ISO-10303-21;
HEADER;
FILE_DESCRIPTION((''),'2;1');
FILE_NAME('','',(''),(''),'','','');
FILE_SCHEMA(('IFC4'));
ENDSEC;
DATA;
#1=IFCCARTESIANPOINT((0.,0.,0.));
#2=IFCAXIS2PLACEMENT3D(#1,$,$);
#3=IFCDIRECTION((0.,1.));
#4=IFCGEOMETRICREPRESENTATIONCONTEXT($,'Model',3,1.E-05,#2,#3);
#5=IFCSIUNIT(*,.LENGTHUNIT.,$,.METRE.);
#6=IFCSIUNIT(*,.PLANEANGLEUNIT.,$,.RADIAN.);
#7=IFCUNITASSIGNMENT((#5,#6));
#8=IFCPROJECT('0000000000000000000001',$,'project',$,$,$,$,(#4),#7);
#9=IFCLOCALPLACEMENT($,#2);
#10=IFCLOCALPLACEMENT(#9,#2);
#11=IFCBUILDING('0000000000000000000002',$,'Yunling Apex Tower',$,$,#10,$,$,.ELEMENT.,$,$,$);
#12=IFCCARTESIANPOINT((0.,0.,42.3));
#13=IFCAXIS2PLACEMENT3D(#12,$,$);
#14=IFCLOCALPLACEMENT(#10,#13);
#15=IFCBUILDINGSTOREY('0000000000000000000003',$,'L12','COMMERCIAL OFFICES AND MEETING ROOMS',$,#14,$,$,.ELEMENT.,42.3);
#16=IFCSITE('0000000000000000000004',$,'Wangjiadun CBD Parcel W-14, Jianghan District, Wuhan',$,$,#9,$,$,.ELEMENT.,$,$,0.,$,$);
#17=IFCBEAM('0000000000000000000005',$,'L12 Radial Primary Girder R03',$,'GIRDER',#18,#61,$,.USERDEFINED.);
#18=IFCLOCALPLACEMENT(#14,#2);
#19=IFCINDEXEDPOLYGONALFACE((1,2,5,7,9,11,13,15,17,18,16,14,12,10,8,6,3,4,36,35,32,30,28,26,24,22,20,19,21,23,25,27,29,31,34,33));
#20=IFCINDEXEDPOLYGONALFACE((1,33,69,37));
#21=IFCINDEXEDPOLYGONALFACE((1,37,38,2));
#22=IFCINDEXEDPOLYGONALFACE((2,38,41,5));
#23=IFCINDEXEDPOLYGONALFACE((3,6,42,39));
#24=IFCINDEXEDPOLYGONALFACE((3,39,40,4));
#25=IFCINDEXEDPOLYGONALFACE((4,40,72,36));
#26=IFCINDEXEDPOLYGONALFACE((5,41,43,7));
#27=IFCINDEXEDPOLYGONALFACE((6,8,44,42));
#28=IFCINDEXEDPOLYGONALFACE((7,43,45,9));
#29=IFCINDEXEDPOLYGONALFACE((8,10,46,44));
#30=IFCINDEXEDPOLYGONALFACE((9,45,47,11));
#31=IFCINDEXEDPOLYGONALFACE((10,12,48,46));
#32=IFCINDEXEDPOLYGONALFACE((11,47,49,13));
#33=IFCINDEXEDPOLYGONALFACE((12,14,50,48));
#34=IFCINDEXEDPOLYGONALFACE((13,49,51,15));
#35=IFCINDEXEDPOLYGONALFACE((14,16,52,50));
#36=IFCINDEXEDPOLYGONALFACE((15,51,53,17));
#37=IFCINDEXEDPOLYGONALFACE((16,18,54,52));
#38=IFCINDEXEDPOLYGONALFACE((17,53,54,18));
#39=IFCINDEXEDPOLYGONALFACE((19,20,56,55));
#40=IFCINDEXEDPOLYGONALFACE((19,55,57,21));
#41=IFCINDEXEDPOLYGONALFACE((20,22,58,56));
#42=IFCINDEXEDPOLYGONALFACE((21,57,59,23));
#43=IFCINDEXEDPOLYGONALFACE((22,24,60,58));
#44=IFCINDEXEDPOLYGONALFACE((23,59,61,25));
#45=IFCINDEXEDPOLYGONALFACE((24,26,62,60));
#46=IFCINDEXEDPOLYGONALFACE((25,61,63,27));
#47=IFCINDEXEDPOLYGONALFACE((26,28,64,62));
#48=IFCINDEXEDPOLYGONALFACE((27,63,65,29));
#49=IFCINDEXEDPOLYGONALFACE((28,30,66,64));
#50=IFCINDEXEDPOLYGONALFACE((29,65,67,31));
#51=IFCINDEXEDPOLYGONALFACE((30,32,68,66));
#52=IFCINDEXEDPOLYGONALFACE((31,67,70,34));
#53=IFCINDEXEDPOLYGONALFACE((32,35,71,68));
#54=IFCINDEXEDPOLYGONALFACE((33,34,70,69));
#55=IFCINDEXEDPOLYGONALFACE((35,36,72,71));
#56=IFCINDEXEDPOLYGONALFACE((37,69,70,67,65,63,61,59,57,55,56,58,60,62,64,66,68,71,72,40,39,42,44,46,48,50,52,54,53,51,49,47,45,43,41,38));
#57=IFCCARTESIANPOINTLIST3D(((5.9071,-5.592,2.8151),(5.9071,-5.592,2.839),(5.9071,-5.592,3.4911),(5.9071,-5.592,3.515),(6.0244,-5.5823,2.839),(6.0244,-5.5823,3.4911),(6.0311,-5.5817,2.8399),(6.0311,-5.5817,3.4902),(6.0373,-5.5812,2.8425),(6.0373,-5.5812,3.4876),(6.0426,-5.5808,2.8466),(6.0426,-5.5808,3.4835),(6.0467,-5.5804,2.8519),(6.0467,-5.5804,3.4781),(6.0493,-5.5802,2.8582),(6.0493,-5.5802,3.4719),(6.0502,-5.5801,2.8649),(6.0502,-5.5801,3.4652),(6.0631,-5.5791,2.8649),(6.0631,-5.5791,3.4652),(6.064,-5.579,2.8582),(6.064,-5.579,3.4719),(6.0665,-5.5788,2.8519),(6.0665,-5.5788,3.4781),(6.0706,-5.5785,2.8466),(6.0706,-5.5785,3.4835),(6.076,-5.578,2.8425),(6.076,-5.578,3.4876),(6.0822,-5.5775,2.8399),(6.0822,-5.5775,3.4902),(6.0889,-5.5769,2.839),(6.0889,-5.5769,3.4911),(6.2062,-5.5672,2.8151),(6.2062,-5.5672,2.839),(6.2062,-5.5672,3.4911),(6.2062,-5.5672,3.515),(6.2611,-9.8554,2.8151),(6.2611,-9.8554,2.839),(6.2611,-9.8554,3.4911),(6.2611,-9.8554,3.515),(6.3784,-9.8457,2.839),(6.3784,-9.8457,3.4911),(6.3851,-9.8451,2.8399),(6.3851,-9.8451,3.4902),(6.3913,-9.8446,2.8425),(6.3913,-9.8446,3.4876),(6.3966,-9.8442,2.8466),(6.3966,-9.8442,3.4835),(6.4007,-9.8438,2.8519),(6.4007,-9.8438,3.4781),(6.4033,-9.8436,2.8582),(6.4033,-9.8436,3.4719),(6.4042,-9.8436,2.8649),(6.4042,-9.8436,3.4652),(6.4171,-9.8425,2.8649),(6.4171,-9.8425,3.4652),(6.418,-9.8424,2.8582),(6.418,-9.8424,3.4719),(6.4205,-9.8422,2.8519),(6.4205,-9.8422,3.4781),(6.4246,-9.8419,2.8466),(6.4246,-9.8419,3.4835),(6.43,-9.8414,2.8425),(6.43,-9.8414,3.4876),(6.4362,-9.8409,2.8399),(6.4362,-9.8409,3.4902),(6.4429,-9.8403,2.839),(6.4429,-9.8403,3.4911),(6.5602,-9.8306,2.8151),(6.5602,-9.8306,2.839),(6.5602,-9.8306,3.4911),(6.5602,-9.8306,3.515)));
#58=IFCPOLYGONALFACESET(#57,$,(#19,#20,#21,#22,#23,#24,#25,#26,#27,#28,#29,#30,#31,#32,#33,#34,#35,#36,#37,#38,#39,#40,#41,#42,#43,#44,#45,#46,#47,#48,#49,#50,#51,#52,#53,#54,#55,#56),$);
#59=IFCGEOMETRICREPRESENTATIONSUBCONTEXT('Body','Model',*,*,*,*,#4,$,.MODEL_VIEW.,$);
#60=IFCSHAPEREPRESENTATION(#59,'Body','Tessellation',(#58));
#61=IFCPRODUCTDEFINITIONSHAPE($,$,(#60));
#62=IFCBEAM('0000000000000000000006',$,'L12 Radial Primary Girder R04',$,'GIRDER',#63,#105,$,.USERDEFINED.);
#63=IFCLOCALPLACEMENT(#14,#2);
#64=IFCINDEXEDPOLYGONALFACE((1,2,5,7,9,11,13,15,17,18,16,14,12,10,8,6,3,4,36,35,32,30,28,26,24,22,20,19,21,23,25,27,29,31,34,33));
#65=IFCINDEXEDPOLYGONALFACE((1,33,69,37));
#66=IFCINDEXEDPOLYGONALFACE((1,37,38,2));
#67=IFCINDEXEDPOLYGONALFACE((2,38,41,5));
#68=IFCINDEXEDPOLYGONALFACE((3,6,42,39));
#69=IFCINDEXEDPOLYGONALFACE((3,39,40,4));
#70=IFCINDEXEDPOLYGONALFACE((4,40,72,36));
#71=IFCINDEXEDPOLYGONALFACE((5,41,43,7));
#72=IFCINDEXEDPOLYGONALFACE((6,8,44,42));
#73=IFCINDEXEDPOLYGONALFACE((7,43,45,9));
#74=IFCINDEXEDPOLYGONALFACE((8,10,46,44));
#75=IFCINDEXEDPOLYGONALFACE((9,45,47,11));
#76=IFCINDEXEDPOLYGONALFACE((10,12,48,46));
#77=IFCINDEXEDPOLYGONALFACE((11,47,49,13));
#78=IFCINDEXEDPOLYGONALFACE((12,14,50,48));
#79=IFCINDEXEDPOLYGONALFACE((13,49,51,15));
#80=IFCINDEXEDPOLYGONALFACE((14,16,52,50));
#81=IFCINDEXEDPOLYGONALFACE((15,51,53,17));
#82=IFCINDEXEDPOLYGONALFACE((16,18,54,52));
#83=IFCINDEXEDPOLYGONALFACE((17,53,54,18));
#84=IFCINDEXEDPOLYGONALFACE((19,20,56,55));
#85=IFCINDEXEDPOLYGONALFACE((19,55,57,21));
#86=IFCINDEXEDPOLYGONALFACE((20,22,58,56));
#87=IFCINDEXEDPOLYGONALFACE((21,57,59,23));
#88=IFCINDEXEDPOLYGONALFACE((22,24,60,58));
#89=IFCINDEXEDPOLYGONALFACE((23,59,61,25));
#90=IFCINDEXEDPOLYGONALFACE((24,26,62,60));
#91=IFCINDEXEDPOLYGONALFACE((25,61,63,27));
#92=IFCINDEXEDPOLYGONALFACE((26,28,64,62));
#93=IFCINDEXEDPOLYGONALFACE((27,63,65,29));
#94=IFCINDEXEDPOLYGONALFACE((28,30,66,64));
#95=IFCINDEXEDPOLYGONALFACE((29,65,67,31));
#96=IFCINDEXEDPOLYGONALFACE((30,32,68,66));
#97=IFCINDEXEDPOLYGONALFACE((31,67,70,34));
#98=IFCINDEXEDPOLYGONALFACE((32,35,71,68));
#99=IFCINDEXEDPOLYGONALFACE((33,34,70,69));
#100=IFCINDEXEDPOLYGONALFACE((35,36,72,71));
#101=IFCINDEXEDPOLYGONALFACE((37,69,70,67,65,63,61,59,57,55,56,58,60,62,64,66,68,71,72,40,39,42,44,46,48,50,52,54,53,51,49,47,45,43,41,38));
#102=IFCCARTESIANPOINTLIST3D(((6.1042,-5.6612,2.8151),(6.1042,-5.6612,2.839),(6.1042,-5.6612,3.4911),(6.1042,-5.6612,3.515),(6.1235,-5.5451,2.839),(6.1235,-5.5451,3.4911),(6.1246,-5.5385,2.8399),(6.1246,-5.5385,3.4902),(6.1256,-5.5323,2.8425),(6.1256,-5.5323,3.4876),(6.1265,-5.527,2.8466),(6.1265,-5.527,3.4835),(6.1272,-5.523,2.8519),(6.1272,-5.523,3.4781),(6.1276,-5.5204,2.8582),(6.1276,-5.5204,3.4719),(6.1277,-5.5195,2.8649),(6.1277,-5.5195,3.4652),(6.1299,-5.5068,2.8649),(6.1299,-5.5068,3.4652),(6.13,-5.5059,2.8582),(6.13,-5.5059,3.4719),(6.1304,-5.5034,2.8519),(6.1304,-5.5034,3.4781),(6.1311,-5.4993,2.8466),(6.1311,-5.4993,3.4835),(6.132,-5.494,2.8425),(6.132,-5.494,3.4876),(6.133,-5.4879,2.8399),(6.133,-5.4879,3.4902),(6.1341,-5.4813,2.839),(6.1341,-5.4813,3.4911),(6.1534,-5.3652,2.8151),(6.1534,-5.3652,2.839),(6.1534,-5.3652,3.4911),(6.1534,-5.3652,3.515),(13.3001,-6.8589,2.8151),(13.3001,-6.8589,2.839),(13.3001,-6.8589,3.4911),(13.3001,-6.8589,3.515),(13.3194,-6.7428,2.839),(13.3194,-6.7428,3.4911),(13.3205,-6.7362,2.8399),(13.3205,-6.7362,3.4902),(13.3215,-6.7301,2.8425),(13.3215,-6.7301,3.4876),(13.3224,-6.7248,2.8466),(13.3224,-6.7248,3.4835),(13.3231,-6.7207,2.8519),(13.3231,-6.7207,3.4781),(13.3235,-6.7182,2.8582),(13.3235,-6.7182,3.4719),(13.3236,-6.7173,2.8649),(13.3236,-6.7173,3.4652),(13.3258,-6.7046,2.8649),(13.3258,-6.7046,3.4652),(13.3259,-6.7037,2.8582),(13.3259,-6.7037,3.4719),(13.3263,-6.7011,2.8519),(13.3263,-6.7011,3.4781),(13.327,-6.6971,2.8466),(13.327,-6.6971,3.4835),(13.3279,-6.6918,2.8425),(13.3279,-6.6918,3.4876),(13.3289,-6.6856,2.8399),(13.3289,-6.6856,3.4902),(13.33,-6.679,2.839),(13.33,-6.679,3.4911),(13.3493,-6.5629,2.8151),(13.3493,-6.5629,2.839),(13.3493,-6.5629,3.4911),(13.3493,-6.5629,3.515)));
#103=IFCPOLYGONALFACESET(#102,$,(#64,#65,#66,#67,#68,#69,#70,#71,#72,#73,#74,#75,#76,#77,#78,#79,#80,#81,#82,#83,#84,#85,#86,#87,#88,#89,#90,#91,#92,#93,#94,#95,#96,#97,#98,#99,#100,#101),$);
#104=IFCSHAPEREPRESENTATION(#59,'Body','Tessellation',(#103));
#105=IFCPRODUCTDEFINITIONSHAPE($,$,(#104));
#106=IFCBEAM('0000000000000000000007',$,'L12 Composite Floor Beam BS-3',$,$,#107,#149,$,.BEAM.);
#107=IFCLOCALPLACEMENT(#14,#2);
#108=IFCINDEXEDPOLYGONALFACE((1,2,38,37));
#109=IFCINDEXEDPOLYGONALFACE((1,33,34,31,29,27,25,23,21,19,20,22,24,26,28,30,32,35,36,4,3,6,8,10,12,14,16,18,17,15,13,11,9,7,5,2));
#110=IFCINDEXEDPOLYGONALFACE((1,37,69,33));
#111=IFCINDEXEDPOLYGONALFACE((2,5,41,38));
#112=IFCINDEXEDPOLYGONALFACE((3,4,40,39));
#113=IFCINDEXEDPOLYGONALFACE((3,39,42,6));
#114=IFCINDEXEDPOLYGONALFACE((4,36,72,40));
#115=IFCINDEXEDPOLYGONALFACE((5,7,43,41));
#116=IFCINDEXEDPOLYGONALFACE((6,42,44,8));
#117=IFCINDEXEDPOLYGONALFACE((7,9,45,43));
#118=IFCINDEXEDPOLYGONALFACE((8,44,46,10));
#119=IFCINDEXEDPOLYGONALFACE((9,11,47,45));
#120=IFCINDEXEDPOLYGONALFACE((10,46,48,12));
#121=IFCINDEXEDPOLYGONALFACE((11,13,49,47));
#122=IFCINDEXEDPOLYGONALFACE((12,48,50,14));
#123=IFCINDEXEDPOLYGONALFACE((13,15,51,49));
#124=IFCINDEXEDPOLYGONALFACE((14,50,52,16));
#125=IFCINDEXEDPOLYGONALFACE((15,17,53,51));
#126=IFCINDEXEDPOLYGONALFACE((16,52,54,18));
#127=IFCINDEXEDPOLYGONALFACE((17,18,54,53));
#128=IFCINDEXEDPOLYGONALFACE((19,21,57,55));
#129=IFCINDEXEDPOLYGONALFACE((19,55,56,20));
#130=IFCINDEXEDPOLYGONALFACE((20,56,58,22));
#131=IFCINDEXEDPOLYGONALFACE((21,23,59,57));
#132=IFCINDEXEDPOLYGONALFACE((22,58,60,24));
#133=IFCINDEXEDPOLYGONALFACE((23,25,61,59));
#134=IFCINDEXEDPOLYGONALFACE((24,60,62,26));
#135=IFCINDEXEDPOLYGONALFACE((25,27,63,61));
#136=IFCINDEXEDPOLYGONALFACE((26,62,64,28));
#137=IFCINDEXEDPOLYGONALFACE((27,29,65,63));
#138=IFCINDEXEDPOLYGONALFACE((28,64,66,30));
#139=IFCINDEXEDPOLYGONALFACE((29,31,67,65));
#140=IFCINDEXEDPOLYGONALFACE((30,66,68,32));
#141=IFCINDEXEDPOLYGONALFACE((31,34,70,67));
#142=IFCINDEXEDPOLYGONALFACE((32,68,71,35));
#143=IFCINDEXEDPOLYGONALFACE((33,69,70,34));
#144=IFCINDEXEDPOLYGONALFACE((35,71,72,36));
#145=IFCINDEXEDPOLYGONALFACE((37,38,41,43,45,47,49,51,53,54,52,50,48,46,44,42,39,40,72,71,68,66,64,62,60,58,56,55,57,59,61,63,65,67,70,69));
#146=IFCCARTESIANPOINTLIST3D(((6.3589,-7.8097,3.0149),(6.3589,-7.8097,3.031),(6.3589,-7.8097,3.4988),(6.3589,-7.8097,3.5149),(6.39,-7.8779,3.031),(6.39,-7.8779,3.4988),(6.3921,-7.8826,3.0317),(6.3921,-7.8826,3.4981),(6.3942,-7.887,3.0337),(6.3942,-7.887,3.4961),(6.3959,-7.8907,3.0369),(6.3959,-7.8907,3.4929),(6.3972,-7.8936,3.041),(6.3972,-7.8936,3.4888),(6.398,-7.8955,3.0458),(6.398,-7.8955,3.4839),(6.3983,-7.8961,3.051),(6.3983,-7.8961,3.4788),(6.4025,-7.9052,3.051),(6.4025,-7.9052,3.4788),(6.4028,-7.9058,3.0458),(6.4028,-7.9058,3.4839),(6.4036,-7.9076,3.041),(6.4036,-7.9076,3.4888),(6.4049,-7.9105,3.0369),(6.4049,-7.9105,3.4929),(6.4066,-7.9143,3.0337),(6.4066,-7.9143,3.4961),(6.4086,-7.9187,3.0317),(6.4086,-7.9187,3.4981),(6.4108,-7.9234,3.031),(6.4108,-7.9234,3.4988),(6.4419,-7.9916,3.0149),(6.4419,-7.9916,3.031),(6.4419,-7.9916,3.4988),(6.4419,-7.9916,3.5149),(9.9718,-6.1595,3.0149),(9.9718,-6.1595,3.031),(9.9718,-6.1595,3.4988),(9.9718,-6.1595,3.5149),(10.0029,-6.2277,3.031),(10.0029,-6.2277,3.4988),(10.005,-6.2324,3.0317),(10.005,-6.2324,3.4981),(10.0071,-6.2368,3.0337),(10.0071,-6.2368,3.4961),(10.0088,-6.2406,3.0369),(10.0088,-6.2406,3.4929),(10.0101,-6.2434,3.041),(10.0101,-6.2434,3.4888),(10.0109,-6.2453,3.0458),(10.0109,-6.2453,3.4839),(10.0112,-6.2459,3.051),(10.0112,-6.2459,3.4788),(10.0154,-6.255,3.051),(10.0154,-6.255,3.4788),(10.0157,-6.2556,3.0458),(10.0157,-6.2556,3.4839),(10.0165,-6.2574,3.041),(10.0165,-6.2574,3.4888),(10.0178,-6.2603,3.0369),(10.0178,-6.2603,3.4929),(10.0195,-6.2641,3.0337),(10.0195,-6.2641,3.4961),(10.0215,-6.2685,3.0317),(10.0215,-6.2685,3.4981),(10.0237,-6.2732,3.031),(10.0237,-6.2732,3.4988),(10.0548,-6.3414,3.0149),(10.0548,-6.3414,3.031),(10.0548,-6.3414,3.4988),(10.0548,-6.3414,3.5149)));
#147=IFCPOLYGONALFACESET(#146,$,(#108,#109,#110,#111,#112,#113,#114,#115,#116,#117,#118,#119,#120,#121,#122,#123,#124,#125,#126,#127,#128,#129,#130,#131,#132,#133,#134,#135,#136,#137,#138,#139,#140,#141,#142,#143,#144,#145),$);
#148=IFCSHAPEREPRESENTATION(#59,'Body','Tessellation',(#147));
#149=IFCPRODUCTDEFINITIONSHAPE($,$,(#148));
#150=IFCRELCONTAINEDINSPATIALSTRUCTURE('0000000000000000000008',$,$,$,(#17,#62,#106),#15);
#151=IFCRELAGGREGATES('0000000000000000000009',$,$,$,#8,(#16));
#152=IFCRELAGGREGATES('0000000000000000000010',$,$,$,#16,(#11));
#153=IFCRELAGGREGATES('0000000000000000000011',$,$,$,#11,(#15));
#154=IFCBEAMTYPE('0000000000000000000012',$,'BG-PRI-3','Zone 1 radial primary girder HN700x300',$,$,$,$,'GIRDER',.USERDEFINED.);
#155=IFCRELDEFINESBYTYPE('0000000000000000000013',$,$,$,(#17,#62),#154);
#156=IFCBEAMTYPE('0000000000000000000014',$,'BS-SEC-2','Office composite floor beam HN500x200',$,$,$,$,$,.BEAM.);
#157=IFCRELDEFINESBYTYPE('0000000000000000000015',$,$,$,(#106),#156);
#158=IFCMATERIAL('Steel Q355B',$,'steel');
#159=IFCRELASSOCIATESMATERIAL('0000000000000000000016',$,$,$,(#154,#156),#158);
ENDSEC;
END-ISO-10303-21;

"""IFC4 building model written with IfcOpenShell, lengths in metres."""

from ifc_helpers import new_model, si_unit, direction, frame, origin, origin_2d, place, context, subcontext, project, spatial, i_section, extrude, source, transform, mapped, material, material_profile, profile_set, type_object, element, save


model = new_model("IFC4")

# Units and contexts
model_context = context("Model", 3, precision=1e-05, world=origin(), true_north=direction((0.0, 1.0)))
body_context = subcontext(model_context, "Body", "Model", "MODEL_VIEW")
ifc_project = project(units=[si_unit("LENGTHUNIT", "METRE"), si_unit("PLANEANGLEUNIT", "RADIAN")], contexts=[model_context])

# Site, building, storey
site_placement = place(None, origin())
site = spatial("IfcSite", under=ifc_project, at=site_placement, Name="Wangjiadun CBD Parcel W-14, Jianghan District, Wuhan", CompositionType="ELEMENT", RefElevation=0.0)
building_placement = place(site_placement, origin())
building = spatial("IfcBuilding", under=site, at=building_placement, Name="Yunling Apex Tower", CompositionType="ELEMENT")
storey_placement = place(building_placement, frame((0.0, 0.0, 42.3)))
storey = spatial("IfcBuildingStorey", under=building, at=storey_placement, Name="L12", Description="COMMERCIAL OFFICES AND MEETING ROOMS", CompositionType="ELEMENT", Elevation=42.3)

# Beams
ifc_material_1 = material(Name="Steel Q355B", Category="steel")
ifc_material_profile_1 = material_profile(ifc_material_1, i_section(OverallWidth=0.3, OverallDepth=0.7, WebThickness=0.0129, FlangeThickness=0.0239, FilletRadius=0.0259, at=origin_2d()))
ifc_profile_set_1 = profile_set([ifc_material_profile_1], Name="Steel Q355B")
beam_type_1 = type_object("IfcBeamType", Name="BG-PRI-3", Description="Zone 1 radial primary girder HN700x300", ElementType="GIRDER", PredefinedType="USERDEFINED", material=ifc_profile_set_1)
shared_shape_1 = source(origin(), body_context, "Body", "SweptSolid", [
    extrude(i_section(OverallWidth=0.3, OverallDepth=0.7, WebThickness=0.0129, FlangeThickness=0.0239, FilletRadius=0.0259, at=origin_2d()), origin(), (0.0, 0.0, 1.0), 4.2781),
])
beam_1_placement = place(storey_placement, frame((6.4106, -9.843, 3.165), z_axis=(-0.082748, 0.996571, 0.0), x_axis=(-0.996571, -0.082748, 0.0)))
element("IfcBeam", 1, at=beam_1_placement, inside=storey, type_object=beam_type_1, Name="L12 Radial Primary Girder R03", ObjectType="GIRDER", PredefinedType="USERDEFINED", context=body_context, shape_type="MappedRepresentation", body=[
    mapped(shared_shape_1, transform((0.0, 0.0, 0.0), scale=1.0)),
])
shared_shape_2 = source(origin(), body_context, "Body", "SweptSolid", [
    extrude(i_section(OverallWidth=0.3, OverallDepth=0.7, WebThickness=0.0129, FlangeThickness=0.0239, FilletRadius=0.0259, at=origin_2d()), origin(), (0.0, 0.0, 1.0), 7.2949),
])
beam_2_placement = place(storey_placement, frame((13.3247, -6.7109, 3.165), z_axis=(-0.986428, 0.164193, 0.0), x_axis=(-0.164193, -0.986428, 0.0)))
element("IfcBeam", 2, at=beam_2_placement, inside=storey, type_object=beam_type_1, Name="L12 Radial Primary Girder R04", ObjectType="GIRDER", PredefinedType="USERDEFINED", context=body_context, shape_type="MappedRepresentation", body=[
    mapped(shared_shape_2, transform((0.0, 0.0, 0.0), scale=1.0)),
])
ifc_material_profile_2 = material_profile(ifc_material_1, i_section(OverallWidth=0.2, OverallDepth=0.5, WebThickness=0.01, FlangeThickness=0.0161, FilletRadius=0.02, at=origin_2d()))
ifc_profile_set_2 = profile_set([ifc_material_profile_2], Name="Steel Q355B")
beam_type_2 = type_object("IfcBeamType", Name="BS-SEC-2", Description="Office composite floor beam HN500x200", PredefinedType="BEAM", material=ifc_profile_set_2)
shared_shape_3 = source(origin(), body_context, "Body", "SweptSolid", [
    extrude(i_section(OverallWidth=0.2, OverallDepth=0.5, WebThickness=0.01, FlangeThickness=0.0161, FilletRadius=0.02, at=origin_2d()), origin(), (0.0, 0.0, 1.0), 3.9719),
])
beam_3_placement = place(storey_placement, frame((6.4004, -7.9006, 3.2649), z_axis=(0.909609, 0.415465, 0.0), x_axis=(-0.415465, 0.909609, 0.0)))
element("IfcBeam", 3, at=beam_3_placement, inside=storey, type_object=beam_type_2, Name="L12 Composite Floor Beam BS-3", PredefinedType="BEAM", context=body_context, shape_type="MappedRepresentation", body=[
    mapped(shared_shape_3, transform((0.0, 0.0, 0.0), scale=1.0)),
])

save(model, "model.ifc")
